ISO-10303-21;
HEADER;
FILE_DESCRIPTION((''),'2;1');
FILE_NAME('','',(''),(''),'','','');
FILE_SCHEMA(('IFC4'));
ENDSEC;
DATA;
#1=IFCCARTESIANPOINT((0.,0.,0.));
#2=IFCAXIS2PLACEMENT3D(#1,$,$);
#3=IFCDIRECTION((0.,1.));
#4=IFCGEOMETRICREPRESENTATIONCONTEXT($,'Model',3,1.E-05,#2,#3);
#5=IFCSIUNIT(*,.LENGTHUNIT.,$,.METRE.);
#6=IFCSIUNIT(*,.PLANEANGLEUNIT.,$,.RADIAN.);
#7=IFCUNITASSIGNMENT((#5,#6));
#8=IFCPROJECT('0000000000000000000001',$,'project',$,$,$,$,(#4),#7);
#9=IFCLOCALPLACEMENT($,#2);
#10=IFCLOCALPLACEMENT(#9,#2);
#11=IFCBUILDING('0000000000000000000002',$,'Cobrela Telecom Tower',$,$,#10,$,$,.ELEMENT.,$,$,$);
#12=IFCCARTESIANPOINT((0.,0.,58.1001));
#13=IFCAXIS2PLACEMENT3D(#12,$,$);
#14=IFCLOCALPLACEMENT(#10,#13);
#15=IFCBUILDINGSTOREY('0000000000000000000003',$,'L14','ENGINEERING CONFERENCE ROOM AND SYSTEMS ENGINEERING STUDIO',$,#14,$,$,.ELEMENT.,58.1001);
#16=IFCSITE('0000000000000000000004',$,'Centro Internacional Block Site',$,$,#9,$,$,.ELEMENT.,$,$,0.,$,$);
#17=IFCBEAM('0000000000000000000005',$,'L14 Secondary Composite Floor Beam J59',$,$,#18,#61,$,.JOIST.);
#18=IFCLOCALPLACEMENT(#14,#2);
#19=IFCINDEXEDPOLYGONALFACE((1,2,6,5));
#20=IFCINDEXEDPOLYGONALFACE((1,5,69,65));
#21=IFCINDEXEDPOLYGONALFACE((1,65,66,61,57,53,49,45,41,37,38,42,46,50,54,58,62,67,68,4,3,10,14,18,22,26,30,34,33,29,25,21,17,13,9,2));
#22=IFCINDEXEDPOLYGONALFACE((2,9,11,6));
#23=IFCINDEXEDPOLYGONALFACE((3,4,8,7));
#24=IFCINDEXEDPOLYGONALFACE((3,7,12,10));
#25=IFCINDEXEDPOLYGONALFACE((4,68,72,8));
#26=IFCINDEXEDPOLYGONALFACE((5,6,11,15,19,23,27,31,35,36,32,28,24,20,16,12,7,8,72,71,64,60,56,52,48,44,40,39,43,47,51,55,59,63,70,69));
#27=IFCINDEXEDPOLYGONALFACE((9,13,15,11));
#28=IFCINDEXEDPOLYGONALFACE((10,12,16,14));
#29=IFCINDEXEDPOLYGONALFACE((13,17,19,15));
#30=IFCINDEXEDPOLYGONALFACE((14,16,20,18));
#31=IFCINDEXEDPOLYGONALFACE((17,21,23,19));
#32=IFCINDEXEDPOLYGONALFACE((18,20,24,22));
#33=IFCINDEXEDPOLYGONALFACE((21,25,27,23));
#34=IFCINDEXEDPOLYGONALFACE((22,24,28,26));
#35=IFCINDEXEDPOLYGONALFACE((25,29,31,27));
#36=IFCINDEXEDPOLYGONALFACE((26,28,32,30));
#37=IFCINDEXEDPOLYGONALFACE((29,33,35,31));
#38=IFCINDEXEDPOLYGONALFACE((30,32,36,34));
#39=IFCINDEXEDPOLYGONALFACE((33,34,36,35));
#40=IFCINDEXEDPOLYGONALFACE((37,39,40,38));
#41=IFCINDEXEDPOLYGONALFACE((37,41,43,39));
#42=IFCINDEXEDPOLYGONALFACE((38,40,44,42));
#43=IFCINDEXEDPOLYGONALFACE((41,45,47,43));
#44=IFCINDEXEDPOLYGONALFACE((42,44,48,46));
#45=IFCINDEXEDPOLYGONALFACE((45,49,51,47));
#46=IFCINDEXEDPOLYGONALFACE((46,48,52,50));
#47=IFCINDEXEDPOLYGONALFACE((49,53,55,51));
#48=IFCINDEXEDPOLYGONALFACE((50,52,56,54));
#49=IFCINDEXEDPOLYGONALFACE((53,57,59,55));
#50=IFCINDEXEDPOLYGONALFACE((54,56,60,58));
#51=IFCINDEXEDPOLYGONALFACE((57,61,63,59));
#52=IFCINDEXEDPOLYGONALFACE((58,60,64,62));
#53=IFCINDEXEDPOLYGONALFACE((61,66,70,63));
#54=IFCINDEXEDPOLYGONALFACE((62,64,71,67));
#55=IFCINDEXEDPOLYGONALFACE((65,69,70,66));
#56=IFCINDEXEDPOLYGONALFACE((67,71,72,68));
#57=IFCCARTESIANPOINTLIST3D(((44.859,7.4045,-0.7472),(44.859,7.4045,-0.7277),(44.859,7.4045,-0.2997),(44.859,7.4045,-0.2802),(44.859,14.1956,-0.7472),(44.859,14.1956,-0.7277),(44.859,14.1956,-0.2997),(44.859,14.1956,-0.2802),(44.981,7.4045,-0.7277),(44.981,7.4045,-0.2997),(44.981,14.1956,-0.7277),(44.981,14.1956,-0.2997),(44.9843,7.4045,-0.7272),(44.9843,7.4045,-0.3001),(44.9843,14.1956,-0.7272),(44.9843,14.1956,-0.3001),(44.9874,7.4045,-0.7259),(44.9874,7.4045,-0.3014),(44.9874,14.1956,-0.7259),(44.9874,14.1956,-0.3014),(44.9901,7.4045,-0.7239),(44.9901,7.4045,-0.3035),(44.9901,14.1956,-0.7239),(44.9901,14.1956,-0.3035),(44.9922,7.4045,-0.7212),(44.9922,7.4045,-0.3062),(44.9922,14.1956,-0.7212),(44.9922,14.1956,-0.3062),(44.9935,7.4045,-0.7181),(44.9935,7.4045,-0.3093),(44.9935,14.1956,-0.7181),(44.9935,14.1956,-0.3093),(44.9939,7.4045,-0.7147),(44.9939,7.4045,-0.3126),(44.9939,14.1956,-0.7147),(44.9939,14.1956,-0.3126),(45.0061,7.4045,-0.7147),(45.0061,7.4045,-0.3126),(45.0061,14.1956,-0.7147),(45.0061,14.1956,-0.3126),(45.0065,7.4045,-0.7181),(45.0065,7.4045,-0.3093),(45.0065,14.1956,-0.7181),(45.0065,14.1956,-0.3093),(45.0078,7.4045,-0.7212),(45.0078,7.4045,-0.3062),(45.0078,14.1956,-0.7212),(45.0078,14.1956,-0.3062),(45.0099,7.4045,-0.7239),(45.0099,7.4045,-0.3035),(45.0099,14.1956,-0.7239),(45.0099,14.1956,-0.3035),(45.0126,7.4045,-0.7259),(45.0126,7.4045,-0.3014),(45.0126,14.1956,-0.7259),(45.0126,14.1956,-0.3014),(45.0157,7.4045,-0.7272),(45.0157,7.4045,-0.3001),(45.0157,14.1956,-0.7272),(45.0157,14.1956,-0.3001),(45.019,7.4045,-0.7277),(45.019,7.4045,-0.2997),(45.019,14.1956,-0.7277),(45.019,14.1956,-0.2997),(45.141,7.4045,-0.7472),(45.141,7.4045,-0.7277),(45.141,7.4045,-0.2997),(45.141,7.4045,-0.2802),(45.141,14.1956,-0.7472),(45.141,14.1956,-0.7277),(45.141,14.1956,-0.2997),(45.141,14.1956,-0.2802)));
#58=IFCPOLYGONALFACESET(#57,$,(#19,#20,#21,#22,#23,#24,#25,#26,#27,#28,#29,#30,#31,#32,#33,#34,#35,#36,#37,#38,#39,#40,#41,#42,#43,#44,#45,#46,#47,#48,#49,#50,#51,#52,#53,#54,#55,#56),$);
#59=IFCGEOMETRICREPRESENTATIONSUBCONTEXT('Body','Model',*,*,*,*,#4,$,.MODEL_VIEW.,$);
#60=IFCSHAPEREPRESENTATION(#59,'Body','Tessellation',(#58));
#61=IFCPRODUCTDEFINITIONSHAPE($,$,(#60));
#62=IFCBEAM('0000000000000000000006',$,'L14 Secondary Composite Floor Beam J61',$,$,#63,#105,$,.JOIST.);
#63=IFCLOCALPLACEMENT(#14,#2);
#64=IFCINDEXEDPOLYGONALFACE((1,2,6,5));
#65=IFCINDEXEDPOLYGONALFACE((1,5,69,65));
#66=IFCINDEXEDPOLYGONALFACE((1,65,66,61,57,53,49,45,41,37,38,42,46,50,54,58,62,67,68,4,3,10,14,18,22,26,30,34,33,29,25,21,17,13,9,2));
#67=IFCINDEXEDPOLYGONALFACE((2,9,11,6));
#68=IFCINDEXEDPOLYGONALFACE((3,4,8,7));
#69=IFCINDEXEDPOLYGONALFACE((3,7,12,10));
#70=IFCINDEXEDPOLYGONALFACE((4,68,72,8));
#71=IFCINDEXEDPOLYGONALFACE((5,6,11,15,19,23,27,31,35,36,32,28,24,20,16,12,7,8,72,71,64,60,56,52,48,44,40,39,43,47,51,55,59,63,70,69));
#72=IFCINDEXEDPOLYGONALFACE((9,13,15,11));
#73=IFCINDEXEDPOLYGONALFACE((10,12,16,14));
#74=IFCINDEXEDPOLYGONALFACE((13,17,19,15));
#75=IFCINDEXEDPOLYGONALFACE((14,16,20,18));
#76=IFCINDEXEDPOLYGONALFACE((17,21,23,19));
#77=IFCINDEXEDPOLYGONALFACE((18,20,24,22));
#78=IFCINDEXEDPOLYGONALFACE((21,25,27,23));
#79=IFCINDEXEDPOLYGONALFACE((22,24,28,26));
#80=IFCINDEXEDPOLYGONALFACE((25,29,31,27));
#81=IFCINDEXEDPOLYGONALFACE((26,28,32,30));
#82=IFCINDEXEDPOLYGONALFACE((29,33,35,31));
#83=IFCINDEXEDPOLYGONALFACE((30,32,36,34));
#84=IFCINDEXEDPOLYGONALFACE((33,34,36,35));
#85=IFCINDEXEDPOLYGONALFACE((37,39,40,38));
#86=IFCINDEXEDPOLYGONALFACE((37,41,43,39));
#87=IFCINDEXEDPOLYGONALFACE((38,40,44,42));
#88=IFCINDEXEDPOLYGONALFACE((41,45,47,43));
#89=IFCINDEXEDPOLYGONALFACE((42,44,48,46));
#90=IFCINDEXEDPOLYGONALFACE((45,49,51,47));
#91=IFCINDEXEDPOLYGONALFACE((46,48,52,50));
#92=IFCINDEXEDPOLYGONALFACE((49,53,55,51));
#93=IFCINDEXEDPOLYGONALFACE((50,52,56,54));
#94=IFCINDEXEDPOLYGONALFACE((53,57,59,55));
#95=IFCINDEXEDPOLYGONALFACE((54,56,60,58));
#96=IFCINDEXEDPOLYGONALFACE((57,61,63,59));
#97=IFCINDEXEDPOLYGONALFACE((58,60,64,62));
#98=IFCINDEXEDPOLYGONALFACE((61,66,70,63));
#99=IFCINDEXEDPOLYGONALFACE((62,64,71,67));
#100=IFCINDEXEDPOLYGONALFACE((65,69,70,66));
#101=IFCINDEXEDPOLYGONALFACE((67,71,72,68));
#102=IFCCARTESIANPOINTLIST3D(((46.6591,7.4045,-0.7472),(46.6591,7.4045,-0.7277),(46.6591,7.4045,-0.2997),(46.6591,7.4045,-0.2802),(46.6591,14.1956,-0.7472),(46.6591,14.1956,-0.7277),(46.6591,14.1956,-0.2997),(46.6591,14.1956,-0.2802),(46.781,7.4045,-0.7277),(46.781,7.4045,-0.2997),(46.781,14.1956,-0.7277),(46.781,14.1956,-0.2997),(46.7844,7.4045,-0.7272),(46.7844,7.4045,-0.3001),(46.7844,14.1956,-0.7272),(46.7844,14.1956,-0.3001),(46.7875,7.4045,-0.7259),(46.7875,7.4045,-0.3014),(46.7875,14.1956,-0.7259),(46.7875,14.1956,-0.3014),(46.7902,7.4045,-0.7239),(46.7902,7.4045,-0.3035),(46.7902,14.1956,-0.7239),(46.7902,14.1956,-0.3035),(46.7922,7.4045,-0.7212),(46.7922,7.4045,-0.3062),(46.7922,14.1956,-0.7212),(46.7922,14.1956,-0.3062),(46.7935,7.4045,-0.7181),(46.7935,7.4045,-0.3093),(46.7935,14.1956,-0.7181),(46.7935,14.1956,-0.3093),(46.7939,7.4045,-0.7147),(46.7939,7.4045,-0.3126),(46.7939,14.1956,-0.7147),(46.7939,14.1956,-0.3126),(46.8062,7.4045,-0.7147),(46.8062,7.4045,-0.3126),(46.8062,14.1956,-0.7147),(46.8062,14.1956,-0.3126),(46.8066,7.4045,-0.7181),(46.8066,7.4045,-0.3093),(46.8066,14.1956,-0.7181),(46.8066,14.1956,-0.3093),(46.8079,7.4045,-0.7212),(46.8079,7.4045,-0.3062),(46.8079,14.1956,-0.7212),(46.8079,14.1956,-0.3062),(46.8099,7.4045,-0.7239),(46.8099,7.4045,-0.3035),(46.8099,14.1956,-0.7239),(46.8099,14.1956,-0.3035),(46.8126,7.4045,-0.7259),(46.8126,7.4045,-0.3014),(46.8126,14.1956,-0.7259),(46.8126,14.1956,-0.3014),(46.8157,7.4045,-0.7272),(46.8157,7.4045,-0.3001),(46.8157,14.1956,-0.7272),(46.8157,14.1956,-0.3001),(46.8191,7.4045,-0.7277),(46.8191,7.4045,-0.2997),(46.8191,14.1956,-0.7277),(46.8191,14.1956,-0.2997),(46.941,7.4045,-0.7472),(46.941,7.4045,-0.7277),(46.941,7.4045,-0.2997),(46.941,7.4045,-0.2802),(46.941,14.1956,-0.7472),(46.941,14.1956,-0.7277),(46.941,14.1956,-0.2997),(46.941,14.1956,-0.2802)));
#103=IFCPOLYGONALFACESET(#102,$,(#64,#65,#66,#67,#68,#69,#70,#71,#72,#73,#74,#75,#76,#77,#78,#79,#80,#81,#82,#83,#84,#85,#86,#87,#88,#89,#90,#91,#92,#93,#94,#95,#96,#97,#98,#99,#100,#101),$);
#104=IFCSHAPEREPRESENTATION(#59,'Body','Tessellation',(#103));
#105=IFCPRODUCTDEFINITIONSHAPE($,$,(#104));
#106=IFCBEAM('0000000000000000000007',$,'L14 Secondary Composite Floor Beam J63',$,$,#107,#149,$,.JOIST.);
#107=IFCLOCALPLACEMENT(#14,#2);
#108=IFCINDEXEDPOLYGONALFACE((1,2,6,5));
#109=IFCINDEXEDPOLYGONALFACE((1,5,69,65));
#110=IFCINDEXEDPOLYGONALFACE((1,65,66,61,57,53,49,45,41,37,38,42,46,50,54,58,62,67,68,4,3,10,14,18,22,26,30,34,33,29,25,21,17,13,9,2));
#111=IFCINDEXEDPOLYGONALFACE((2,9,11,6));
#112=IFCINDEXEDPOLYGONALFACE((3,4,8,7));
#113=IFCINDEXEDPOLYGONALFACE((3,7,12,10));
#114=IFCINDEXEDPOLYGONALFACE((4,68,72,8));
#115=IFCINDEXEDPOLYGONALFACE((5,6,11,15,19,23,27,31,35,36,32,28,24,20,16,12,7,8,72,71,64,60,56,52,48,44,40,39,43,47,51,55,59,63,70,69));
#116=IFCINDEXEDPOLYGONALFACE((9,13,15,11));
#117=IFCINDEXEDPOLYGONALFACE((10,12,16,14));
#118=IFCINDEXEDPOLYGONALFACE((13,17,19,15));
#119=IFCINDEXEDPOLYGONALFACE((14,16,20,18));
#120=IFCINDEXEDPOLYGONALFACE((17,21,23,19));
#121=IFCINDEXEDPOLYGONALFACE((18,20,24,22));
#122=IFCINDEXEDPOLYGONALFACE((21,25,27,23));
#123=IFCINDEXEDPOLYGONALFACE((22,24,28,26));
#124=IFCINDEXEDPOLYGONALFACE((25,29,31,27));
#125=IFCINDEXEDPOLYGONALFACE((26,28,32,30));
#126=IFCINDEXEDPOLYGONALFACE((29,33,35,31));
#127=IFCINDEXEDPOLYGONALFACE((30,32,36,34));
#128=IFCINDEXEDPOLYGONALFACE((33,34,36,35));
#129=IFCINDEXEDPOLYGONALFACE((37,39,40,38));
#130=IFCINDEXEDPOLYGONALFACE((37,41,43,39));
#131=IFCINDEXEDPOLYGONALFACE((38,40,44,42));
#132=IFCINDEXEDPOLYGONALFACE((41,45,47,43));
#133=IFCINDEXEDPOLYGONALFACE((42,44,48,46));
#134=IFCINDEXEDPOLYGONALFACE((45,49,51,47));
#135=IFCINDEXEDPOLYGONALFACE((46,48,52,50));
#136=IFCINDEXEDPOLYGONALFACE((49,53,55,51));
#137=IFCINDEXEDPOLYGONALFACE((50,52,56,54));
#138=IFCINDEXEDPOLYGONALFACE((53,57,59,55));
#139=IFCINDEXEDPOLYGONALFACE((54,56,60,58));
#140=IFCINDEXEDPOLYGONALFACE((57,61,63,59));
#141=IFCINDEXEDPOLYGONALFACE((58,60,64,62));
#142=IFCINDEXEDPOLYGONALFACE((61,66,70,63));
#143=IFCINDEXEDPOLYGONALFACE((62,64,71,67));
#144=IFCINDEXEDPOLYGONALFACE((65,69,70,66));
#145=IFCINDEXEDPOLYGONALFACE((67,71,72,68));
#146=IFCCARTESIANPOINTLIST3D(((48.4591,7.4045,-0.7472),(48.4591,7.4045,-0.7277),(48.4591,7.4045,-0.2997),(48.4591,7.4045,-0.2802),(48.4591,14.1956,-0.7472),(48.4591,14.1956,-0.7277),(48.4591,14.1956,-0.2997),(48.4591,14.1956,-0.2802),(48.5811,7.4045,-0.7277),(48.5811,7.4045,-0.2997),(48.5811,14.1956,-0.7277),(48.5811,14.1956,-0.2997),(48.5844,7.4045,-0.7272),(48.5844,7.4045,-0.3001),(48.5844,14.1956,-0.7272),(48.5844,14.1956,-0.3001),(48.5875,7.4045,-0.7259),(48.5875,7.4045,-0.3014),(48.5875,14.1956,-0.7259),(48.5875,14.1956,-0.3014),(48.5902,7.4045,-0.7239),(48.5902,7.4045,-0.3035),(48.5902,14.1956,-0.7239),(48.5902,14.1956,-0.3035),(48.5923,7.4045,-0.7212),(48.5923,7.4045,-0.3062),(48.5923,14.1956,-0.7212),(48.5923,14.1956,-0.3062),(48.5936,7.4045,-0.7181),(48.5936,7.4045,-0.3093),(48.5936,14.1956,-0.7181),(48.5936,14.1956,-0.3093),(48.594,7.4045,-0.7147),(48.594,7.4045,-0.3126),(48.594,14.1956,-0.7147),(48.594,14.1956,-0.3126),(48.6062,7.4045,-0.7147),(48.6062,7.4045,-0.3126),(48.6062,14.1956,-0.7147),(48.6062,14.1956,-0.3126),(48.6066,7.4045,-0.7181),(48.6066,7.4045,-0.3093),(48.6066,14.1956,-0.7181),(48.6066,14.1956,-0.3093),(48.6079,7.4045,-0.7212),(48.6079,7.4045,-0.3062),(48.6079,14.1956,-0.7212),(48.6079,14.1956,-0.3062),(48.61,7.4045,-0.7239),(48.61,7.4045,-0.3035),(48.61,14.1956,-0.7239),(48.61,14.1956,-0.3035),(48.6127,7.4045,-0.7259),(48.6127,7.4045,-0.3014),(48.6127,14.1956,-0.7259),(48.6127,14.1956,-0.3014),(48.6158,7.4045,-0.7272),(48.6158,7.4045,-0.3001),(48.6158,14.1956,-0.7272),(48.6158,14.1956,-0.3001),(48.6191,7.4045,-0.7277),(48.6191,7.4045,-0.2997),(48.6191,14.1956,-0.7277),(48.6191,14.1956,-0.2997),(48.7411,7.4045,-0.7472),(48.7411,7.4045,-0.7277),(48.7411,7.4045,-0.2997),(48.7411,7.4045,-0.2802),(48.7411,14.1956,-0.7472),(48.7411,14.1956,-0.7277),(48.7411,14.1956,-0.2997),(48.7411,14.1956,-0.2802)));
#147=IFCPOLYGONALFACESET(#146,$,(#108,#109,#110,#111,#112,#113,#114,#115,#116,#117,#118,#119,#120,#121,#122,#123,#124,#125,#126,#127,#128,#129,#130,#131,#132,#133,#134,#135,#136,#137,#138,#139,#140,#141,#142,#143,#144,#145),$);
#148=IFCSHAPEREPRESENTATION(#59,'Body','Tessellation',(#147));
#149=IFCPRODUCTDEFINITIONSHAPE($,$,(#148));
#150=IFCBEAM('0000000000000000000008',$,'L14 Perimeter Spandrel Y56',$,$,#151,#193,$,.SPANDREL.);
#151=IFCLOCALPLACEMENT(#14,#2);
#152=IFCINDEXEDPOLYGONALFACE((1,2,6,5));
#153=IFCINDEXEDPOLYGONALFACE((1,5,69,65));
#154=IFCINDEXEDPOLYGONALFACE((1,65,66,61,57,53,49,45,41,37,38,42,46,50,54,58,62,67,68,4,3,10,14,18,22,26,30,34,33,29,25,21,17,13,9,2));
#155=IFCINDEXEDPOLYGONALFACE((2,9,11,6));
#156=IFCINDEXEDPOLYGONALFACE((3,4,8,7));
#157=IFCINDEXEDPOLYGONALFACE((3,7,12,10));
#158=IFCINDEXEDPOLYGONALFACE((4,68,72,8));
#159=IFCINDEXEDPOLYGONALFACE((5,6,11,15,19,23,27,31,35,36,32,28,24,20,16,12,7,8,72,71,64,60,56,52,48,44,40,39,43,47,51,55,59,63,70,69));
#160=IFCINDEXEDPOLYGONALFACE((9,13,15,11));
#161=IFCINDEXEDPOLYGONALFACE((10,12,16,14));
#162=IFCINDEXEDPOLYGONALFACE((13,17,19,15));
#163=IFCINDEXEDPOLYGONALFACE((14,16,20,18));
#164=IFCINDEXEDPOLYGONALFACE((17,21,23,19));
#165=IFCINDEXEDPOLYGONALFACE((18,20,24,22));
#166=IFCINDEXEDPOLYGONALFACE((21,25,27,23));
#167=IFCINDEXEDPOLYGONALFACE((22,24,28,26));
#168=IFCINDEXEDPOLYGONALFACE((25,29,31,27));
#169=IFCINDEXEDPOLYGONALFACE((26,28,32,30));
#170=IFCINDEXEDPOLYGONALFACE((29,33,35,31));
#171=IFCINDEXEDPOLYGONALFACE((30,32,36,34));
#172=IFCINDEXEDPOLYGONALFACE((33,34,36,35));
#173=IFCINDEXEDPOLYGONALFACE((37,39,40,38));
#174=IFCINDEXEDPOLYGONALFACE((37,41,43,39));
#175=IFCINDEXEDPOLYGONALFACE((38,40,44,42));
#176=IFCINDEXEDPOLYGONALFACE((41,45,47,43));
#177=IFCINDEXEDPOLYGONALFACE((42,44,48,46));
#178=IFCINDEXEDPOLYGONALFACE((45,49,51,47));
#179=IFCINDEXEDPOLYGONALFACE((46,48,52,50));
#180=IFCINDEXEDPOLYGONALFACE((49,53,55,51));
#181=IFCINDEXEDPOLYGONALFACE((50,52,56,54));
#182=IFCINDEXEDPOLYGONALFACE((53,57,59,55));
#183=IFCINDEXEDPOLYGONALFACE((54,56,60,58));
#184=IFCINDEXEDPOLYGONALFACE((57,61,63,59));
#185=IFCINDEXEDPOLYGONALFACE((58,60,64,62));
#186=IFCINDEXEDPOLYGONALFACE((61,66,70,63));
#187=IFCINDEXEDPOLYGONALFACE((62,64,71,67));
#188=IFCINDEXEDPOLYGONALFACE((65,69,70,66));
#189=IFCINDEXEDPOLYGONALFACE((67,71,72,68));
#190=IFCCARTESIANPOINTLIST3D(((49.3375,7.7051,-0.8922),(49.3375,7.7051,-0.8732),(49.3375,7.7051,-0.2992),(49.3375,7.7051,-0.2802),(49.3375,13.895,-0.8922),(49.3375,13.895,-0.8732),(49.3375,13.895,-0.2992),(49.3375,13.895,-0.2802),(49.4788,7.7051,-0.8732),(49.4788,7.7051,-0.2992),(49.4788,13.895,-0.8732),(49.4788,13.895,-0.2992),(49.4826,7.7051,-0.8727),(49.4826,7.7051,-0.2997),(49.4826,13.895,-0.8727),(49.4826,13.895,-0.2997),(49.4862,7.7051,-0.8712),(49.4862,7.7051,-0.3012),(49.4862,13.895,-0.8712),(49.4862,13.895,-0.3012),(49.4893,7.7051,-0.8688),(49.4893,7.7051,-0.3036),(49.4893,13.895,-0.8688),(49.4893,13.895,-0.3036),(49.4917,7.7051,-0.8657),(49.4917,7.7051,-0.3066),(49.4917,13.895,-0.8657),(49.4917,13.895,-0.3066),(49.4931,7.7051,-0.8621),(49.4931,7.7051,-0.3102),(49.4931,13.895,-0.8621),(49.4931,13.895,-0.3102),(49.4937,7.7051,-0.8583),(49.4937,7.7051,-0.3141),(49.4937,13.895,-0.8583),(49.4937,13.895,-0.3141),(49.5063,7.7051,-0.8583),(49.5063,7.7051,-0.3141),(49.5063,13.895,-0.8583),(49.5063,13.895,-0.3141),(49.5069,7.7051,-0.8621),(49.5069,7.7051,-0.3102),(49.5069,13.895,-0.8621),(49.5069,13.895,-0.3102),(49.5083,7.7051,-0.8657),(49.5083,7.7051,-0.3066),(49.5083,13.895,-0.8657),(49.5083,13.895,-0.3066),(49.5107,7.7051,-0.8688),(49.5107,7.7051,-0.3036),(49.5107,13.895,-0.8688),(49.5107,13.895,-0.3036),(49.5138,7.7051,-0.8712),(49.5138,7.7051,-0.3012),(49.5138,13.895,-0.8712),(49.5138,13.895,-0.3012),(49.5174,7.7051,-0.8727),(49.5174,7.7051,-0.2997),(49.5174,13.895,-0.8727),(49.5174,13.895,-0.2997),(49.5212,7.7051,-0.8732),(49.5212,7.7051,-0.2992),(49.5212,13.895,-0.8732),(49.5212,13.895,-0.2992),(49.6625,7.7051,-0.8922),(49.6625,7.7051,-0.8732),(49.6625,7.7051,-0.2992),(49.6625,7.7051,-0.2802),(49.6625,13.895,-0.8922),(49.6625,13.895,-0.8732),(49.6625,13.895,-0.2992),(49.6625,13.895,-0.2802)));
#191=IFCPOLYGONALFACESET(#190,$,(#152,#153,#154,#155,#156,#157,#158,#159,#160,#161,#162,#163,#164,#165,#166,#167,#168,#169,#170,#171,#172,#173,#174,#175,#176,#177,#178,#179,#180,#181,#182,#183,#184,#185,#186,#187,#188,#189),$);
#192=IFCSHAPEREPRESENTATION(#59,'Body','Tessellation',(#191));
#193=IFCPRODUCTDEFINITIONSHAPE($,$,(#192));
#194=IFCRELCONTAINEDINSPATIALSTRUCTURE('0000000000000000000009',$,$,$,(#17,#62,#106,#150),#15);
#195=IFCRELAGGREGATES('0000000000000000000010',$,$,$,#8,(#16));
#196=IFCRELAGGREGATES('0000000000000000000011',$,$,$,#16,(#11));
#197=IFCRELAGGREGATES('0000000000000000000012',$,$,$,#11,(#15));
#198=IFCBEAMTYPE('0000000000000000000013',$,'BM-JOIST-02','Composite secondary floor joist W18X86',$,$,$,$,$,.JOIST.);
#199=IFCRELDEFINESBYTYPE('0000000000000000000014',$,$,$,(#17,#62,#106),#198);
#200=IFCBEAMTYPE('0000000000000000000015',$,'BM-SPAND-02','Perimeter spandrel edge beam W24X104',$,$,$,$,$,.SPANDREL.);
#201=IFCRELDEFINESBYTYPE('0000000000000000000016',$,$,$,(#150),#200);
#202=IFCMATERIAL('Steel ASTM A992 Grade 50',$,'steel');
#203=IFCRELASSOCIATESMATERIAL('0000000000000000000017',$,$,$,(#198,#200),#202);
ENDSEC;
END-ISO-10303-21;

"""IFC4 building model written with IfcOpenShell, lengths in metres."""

from ifc_helpers import new_model, si_unit, direction, frame, origin, origin_2d, place, context, subcontext, project, spatial, i_section, extrude, material, material_profile, profile_set, type_object, element, save


model = new_model("IFC4")

# Units and contexts
model_context = context("Model", 3, precision=1e-05, world=origin(), true_north=direction((0.0, 1.0)))
body_context = subcontext(model_context, "Body", "Model", "MODEL_VIEW")
ifc_project = project(units=[si_unit("LENGTHUNIT", "METRE"), si_unit("PLANEANGLEUNIT", "RADIAN")], contexts=[model_context])

# Site, building, storey
site_placement = place(None, origin())
site = spatial("IfcSite", under=ifc_project, at=site_placement, Name="Centro Internacional Block Site", CompositionType="ELEMENT", RefElevation=0.0)
building_placement = place(site_placement, origin())
building = spatial("IfcBuilding", under=site, at=building_placement, Name="Cobrela Telecom Tower", CompositionType="ELEMENT")
storey_placement = place(building_placement, frame((0.0, 0.0, 58.1001)))
storey = spatial("IfcBuildingStorey", under=building, at=storey_placement, Name="L14", Description="ENGINEERING CONFERENCE ROOM AND SYSTEMS ENGINEERING STUDIO", CompositionType="ELEMENT", Elevation=58.1001)

# Shared definitions
ifc_material_1 = material(Name="Steel ASTM A992 Grade 50", Category="steel")

# Beams
ifc_material_profile_1 = material_profile(ifc_material_1, i_section(OverallWidth=0.282, OverallDepth=0.467, WebThickness=0.0122, FlangeThickness=0.0195, FilletRadius=0.0129, at=origin_2d()), Name="W18X86")
ifc_profile_set_1 = profile_set([ifc_material_profile_1], Name="Steel ASTM A992 Grade 50")
beam_type_1 = type_object("IfcBeamType", Name="BM-JOIST-02", Description="Composite secondary floor joist W18X86", PredefinedType="JOIST", material=ifc_profile_set_1)
for number, where, z_axis, x_axis, name in (
    (1, (45.0, 7.4045, -0.5137), (0.0, 1.0, 0.0), (-1.0, 0.0, 0.0), "L14 Secondary Composite Floor Beam J59"),
    (2, (46.8, 7.4045, -0.5137), (0.0, 1.0, 0.0), (-1.0, 0.0, 0.0), "L14 Secondary Composite Floor Beam J61"),
    (3, (48.6001, 7.4045, -0.5137), (0.0, 1.0, 0.0), (-1.0, 0.0, 0.0), "L14 Secondary Composite Floor Beam J63"),
):
    element("IfcBeam", number, at=place(storey_placement, frame(where, z_axis=z_axis, x_axis=x_axis)), inside=storey, type_object=beam_type_1, Name=name, PredefinedType="JOIST", context=body_context, shape_type="SweptSolid", body=[
        extrude(i_section(OverallWidth=0.282, OverallDepth=0.467, WebThickness=0.0122, FlangeThickness=0.0195, FilletRadius=0.0129, at=origin_2d()), origin(), (0.0, 0.0, 1.0), 6.791),
    ])
ifc_material_profile_2 = material_profile(ifc_material_1, i_section(OverallWidth=0.325, OverallDepth=0.6121, WebThickness=0.0127, FlangeThickness=0.019, FilletRadius=0.0149, at=origin_2d()), Name="W24X104")
ifc_profile_set_2 = profile_set([ifc_material_profile_2], Name="Steel ASTM A992 Grade 50")
beam_type_2 = type_object("IfcBeamType", Name="BM-SPAND-02", Description="Perimeter spandrel edge beam W24X104", PredefinedType="SPANDREL", material=ifc_profile_set_2)
beam_placement = place(storey_placement, frame((49.5, 7.7051, -0.5862), z_axis=(0.0, 1.0, 0.0), x_axis=(-1.0, 0.0, 0.0)))
element("IfcBeam", 4, at=beam_placement, inside=storey, type_object=beam_type_2, Name="L14 Perimeter Spandrel Y56", PredefinedType="SPANDREL", context=body_context, shape_type="SweptSolid", body=[
    extrude(i_section(OverallWidth=0.325, OverallDepth=0.6121, WebThickness=0.0127, FlangeThickness=0.019, FilletRadius=0.0149, at=origin_2d()), origin(), (0.0, 0.0, 1.0), 6.1899),
])

save(model, "model.ifc")
